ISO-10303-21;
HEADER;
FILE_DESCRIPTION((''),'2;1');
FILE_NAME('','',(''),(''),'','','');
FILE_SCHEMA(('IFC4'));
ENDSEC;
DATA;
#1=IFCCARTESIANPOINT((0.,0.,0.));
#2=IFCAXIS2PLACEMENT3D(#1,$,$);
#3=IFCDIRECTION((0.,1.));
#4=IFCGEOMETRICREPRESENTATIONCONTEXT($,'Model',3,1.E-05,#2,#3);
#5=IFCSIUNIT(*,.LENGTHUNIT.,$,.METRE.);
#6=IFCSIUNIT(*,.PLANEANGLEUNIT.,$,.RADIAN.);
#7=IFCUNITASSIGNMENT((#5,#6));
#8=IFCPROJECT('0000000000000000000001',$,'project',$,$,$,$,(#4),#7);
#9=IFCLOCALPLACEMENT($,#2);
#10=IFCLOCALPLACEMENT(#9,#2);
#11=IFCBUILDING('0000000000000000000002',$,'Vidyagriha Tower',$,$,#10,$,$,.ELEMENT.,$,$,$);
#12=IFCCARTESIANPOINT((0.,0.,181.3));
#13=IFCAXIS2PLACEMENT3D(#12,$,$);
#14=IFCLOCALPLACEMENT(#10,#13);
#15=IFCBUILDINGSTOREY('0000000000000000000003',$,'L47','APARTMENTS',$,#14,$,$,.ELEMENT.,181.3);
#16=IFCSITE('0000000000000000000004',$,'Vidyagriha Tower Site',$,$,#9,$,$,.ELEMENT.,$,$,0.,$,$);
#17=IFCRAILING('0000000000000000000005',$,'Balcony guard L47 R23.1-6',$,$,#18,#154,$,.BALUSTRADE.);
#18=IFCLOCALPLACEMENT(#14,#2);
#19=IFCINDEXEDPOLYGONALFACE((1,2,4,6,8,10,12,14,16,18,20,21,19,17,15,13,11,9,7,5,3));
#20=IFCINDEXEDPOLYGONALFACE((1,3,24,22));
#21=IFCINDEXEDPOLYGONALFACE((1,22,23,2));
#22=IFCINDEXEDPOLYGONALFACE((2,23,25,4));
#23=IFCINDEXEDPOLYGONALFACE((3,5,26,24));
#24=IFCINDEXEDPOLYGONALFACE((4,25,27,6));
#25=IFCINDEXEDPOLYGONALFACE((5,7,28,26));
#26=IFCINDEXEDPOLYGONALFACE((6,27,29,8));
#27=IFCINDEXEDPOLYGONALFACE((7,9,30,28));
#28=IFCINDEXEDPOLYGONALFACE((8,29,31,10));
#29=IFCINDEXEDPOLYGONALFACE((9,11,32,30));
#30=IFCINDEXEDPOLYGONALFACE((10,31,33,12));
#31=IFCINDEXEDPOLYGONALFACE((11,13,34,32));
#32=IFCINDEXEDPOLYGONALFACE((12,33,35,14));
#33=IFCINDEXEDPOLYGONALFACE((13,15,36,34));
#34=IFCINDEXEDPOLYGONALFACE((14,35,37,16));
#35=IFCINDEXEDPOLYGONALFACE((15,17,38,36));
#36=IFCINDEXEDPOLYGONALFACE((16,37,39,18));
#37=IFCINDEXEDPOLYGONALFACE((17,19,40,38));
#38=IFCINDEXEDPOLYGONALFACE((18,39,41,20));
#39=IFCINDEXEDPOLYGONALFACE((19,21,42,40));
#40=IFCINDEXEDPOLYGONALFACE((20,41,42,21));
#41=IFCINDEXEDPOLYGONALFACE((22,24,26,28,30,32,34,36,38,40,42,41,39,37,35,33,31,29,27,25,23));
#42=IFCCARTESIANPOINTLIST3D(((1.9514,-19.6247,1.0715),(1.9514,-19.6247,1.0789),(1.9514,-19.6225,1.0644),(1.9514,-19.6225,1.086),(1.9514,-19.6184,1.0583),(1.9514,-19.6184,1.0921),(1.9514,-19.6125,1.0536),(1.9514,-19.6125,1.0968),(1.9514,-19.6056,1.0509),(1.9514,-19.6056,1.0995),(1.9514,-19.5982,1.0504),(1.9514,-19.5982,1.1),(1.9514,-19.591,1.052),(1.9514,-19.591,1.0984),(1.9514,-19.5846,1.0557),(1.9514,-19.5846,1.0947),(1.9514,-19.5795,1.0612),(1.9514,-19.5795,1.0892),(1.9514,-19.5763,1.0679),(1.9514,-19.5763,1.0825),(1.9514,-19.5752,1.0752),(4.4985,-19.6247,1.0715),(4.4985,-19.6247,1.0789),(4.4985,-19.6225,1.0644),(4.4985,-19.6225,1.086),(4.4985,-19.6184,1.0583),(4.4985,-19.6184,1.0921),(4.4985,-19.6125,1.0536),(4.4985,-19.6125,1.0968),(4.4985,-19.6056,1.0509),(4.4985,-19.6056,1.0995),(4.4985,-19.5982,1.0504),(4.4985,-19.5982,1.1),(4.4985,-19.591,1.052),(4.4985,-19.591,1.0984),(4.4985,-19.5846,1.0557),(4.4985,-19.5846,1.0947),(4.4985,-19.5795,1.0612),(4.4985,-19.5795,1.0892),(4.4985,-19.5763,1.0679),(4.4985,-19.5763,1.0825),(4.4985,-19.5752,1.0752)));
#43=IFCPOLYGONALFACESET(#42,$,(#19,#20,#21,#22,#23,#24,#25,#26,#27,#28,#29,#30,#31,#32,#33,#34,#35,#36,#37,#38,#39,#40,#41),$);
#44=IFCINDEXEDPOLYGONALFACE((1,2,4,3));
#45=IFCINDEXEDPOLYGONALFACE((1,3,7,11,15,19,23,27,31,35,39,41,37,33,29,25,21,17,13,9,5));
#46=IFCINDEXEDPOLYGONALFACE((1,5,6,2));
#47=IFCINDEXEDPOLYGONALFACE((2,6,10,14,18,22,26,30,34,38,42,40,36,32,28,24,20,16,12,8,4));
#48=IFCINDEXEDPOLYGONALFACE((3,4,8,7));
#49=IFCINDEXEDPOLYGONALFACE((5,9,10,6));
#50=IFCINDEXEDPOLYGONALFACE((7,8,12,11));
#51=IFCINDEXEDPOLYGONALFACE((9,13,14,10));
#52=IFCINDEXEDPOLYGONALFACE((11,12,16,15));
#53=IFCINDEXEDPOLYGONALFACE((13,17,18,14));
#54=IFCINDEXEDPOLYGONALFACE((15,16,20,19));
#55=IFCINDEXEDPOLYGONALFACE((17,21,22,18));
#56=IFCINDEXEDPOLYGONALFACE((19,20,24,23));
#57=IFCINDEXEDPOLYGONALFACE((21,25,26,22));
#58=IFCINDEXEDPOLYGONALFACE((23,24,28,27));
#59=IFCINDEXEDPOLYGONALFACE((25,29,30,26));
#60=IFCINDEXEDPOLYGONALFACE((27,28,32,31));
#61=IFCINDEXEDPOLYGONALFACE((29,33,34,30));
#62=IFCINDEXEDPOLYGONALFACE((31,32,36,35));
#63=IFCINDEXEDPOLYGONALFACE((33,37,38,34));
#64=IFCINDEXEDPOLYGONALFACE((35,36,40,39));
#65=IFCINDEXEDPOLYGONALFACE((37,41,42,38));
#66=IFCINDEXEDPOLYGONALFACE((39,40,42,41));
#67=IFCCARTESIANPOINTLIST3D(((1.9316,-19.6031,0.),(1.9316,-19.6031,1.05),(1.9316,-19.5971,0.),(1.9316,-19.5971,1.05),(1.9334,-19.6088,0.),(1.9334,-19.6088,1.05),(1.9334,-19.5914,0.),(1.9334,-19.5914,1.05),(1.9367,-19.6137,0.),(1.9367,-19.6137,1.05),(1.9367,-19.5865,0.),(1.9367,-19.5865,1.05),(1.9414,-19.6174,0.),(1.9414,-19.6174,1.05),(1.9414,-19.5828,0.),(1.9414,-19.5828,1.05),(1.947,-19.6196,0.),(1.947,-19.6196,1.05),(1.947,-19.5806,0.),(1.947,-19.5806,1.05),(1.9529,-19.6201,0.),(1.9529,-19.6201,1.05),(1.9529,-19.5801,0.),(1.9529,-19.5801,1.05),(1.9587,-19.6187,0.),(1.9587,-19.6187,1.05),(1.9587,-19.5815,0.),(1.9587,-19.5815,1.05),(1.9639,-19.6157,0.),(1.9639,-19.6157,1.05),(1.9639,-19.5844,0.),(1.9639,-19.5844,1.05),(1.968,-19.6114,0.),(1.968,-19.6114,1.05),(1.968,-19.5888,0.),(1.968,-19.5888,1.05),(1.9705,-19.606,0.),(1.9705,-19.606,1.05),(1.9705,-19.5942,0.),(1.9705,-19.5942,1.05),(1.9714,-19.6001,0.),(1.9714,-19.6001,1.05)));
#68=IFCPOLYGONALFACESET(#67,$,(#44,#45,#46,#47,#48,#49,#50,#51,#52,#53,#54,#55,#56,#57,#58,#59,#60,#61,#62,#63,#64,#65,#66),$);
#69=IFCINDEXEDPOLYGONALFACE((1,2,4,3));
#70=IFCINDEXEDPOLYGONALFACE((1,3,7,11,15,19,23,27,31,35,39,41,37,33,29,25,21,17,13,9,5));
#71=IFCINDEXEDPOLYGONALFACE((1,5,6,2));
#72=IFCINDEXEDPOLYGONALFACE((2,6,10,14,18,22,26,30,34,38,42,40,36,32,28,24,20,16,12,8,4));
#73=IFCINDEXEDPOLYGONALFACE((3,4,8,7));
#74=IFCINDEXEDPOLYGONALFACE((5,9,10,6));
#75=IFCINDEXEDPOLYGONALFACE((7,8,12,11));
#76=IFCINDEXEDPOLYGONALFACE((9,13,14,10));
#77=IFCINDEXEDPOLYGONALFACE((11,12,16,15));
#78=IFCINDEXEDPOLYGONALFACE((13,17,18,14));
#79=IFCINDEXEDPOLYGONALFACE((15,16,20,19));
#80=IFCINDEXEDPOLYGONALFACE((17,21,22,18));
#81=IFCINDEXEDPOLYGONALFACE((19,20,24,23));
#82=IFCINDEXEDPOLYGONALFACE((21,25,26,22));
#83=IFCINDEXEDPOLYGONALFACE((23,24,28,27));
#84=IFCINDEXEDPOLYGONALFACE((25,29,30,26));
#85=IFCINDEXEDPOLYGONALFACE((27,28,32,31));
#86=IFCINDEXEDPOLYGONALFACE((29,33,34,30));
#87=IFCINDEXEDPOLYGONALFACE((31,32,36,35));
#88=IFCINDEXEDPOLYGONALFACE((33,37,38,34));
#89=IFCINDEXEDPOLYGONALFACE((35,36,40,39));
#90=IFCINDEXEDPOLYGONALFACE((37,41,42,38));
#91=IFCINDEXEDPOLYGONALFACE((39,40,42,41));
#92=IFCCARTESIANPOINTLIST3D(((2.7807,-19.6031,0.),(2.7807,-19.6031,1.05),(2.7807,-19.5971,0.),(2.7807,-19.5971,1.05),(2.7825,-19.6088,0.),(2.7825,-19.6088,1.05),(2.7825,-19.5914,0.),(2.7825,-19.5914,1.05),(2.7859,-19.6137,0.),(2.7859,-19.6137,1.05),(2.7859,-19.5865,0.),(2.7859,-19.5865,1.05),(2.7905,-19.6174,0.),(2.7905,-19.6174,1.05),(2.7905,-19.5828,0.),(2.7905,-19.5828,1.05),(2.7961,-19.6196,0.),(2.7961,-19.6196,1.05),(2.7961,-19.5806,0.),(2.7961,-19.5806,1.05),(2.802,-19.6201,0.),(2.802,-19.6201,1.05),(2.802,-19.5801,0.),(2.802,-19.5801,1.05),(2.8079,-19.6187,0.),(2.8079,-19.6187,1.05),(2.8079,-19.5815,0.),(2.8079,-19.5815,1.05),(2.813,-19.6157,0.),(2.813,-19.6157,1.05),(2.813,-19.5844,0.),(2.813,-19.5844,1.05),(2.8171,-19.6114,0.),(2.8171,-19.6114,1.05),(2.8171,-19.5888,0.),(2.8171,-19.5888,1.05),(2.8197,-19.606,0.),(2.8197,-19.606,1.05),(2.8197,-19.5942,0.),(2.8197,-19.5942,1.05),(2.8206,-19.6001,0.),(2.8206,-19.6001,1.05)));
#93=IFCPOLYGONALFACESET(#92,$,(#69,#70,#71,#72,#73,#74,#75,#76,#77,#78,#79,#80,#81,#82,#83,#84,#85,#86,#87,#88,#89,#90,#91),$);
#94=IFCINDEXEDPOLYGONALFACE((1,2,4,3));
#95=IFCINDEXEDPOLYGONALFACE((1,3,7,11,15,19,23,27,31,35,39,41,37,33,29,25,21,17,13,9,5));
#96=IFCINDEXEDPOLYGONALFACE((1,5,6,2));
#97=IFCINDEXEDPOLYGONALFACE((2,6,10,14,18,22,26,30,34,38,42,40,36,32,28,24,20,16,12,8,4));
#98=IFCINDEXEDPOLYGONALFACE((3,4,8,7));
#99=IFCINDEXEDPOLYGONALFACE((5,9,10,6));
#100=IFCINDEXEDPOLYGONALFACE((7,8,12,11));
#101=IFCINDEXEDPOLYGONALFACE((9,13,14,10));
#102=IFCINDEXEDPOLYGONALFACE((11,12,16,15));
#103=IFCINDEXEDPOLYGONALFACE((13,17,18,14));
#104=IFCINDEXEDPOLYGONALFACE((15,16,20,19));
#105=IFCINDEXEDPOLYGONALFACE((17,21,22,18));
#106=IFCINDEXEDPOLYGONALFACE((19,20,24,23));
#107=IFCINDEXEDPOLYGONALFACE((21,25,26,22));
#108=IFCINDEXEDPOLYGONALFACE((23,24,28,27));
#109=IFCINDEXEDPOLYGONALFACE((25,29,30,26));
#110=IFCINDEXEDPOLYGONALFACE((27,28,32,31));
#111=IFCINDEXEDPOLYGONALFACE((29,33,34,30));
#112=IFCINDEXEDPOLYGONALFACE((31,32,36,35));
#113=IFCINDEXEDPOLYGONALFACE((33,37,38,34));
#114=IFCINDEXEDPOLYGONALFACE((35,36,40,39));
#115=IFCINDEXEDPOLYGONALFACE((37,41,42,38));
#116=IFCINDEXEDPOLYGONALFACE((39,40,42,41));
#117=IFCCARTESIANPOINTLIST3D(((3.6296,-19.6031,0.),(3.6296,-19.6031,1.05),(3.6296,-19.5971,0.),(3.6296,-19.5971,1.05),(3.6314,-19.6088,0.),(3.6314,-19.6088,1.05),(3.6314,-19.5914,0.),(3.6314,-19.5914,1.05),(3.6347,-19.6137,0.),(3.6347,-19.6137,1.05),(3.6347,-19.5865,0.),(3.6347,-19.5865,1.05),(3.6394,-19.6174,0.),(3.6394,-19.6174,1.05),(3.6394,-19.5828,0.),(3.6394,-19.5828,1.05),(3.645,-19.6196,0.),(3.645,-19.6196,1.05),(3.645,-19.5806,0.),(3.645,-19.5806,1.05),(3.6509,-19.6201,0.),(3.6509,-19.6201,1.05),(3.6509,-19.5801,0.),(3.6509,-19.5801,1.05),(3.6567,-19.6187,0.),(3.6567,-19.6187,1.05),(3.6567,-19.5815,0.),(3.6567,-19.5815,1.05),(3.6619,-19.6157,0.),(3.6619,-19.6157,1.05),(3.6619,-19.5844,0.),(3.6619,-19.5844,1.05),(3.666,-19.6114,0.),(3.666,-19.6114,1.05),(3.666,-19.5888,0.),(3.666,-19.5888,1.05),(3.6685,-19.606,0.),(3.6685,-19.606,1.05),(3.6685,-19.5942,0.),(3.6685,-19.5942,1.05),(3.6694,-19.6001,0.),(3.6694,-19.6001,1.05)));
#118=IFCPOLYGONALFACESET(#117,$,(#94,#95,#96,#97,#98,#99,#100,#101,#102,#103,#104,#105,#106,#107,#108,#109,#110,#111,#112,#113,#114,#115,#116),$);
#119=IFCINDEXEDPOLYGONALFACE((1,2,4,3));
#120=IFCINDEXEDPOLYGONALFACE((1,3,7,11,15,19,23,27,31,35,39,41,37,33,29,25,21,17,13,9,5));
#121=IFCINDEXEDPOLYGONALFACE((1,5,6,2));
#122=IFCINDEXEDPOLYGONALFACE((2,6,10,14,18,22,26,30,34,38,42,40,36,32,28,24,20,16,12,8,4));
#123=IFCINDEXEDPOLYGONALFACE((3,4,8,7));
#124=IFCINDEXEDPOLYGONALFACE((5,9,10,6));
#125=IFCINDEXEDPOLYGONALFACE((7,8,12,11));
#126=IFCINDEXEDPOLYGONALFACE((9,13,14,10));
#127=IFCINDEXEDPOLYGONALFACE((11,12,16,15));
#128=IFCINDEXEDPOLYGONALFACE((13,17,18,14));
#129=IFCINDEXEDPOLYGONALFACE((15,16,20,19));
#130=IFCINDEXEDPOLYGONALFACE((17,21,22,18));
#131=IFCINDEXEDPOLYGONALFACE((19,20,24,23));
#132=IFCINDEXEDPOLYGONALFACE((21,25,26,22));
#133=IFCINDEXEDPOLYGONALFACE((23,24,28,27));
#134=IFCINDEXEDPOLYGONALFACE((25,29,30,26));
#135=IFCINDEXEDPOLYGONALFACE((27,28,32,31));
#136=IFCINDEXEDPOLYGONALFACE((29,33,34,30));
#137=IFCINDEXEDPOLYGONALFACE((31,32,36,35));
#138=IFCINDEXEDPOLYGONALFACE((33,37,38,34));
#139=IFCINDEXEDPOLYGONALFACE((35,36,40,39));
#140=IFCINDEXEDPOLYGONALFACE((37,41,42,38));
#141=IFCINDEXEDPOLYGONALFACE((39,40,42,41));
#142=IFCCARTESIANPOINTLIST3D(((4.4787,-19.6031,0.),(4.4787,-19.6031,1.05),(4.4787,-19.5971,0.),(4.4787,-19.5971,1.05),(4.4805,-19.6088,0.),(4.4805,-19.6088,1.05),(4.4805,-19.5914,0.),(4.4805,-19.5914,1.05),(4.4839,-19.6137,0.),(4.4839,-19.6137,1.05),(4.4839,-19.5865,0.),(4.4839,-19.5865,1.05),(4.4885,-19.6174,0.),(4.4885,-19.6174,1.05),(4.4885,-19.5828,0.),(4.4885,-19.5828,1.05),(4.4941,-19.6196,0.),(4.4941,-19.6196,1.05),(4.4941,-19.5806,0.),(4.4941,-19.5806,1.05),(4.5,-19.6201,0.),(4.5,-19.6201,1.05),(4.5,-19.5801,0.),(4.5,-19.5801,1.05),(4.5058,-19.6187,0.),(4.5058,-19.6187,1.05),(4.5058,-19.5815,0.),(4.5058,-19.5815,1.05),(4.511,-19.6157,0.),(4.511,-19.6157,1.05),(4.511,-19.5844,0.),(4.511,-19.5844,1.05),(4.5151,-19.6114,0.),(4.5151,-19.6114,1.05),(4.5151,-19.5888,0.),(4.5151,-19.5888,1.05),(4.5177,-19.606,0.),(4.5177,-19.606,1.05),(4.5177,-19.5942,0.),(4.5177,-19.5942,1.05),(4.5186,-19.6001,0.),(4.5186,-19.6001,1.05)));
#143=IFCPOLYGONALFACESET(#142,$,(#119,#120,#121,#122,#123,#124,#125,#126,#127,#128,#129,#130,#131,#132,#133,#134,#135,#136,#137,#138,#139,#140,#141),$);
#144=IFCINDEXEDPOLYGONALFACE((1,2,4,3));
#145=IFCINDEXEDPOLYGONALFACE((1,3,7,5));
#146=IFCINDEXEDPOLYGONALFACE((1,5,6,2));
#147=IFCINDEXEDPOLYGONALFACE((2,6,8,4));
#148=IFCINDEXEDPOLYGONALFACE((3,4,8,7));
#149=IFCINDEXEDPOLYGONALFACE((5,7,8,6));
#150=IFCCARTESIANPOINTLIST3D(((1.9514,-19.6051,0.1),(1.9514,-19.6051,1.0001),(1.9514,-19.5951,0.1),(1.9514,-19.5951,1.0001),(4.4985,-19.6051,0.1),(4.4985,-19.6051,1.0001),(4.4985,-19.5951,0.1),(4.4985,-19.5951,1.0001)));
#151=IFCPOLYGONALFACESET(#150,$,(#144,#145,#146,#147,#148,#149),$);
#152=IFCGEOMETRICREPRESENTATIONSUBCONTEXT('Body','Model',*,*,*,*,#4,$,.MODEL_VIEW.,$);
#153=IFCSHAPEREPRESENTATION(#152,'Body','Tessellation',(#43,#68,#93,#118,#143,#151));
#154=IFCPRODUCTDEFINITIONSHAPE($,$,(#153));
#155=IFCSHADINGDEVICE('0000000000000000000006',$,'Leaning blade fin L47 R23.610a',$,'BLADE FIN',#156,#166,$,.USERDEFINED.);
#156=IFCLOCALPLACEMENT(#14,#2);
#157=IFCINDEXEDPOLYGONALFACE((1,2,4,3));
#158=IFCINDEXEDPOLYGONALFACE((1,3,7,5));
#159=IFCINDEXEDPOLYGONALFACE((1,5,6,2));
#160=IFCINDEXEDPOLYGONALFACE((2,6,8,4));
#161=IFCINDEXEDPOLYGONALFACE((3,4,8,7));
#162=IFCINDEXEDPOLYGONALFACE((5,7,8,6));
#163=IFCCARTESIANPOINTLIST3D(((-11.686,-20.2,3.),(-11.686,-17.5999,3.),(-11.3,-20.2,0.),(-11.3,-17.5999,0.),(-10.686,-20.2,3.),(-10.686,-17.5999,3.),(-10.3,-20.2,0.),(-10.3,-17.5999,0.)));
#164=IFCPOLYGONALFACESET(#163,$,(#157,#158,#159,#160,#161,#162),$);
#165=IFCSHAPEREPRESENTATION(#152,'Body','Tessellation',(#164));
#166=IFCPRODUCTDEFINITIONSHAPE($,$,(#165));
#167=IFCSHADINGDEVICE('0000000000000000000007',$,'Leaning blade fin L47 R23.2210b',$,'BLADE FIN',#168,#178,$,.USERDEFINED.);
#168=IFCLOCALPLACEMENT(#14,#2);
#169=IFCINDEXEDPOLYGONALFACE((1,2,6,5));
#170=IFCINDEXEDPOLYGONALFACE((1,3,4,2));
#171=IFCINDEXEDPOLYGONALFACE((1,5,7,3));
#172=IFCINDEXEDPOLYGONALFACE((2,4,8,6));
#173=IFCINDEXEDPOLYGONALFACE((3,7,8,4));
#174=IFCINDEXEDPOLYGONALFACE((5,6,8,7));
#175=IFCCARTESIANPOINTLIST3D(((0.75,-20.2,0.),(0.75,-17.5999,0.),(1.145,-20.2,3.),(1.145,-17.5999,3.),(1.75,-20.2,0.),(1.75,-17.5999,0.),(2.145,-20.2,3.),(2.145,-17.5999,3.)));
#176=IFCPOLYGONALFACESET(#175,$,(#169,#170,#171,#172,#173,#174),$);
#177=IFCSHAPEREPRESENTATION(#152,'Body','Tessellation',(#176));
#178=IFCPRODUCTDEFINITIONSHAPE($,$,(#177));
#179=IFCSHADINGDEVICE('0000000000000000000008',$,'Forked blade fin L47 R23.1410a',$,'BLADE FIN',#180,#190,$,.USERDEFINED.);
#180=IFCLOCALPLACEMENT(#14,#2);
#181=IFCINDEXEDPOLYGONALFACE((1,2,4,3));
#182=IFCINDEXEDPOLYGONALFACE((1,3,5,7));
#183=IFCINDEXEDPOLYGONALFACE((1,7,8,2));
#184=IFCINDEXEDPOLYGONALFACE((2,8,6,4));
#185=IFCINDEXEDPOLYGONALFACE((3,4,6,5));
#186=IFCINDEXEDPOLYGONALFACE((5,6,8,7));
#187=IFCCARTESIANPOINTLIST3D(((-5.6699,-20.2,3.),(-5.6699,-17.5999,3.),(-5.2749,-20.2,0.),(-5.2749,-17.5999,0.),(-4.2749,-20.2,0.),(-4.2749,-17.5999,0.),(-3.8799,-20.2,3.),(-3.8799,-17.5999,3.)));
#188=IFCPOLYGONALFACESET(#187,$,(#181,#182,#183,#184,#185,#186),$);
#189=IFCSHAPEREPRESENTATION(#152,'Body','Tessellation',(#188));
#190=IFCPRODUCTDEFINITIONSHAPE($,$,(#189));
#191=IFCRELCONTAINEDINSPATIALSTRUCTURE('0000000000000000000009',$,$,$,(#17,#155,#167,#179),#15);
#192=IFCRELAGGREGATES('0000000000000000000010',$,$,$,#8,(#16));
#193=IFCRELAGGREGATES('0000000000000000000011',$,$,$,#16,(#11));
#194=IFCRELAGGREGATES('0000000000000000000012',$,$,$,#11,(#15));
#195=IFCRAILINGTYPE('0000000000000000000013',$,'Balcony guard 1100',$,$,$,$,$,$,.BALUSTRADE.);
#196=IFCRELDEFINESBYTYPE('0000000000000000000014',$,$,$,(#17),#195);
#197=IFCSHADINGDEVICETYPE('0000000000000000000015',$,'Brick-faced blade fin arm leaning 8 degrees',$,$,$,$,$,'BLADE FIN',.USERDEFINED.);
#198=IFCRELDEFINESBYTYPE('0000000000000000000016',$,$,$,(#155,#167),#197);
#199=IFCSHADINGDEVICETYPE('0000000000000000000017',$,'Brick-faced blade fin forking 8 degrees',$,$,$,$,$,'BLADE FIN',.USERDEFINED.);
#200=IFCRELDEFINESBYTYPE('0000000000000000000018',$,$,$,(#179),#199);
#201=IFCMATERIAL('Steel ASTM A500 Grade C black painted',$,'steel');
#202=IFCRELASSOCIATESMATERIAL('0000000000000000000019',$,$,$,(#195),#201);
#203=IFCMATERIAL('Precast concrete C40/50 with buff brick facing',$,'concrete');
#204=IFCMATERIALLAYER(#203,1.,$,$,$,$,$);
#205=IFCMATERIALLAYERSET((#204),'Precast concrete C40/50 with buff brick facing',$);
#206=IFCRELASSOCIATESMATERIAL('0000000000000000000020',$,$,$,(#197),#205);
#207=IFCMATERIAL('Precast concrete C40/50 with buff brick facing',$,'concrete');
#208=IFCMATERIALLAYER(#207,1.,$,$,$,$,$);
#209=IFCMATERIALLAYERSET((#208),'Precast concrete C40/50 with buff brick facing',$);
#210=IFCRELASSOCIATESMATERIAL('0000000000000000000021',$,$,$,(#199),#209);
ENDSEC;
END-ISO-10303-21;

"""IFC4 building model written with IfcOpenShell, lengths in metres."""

from ifc_helpers import new_model, si_unit, direction, frame, origin, origin_2d, place, context, subcontext, project, spatial, polyline, rectangle, circle, outline, extrude, material, layer, layer_set, type_object, element, save


model = new_model("IFC4")

# Units and contexts
model_context = context("Model", 3, precision=1e-05, world=origin(), true_north=direction((0.0, 1.0)))
body_context = subcontext(model_context, "Body", "Model", "MODEL_VIEW")
ifc_project = project(units=[si_unit("LENGTHUNIT", "METRE"), si_unit("PLANEANGLEUNIT", "RADIAN")], contexts=[model_context])

# Site, building, storey
site_placement = place(None, origin())
site = spatial("IfcSite", under=ifc_project, at=site_placement, Name="Vidyagriha Tower Site", CompositionType="ELEMENT", RefElevation=0.0)
building_placement = place(site_placement, origin())
building = spatial("IfcBuilding", under=site, at=building_placement, Name="Vidyagriha Tower", CompositionType="ELEMENT")
storey_placement = place(building_placement, frame((0.0, 0.0, 181.3)))
storey = spatial("IfcBuildingStorey", under=building, at=storey_placement, Name="L47", Description="APARTMENTS", CompositionType="ELEMENT", Elevation=181.3)

# Railing
ifc_material_1 = material(Name="Steel ASTM A500 Grade C black painted", Category="steel")
railing_type = type_object("IfcRailingType", Name="Balcony guard 1100", PredefinedType="BALUSTRADE", material=ifc_material_1)
railing_1_placement = place(storey_placement, frame((1.9514, -19.6001, 0.0)))
element("IfcRailing", 1, at=railing_1_placement, inside=storey, type_object=railing_type, Name="Balcony guard L47 R23.1-6", PredefinedType="BALUSTRADE", context=body_context, shape_type="SweptSolid", body=[
    extrude(circle(Radius=0.0249, at=origin_2d()), frame((0.0, 0.0, 1.0752), z_axis=(1.0, 0.0, 0.0), x_axis=(0.0, 1.0, 0.0)), (0.0, 0.0, 1.0), 2.5471),
    extrude(circle(Radius=0.02, at=origin_2d()), origin(), (0.0, 0.0, 1.0), 1.05),
    extrude(circle(Radius=0.02, at=origin_2d()), frame((0.8491, 0.0, 0.0)), (0.0, 0.0, 1.0), 1.05),
    extrude(circle(Radius=0.02, at=origin_2d()), frame((1.698, 0.0, 0.0)), (0.0, 0.0, 1.0), 1.05),
    extrude(circle(Radius=0.02, at=origin_2d()), frame((2.5471, 0.0, 0.0)), (0.0, 0.0, 1.0), 1.05),
    extrude(rectangle(XDim=0.01, YDim=0.9001, at=origin_2d()), frame((0.0, 0.0, 0.55), z_axis=(1.0, 0.0, 0.0), x_axis=(0.0, 1.0, 0.0)), (0.0, 0.0, 1.0), 2.5471),
])

# Shading devices
ifc_material_2 = material(Name="Precast concrete C40/50 with buff brick facing", Category="concrete")
ifc_layer_1 = layer(ifc_material_2, 1.0)
ifc_layer_set_1 = layer_set([ifc_layer_1], Name="Precast concrete C40/50 with buff brick facing")
shading_device_type_1 = type_object("IfcShadingDeviceType", Name="Brick-faced blade fin arm leaning 8 degrees", ElementType="BLADE FIN", PredefinedType="USERDEFINED", material=ifc_layer_set_1)
shading_device_1_placement = place(storey_placement, frame((-11.686, -18.8999, 0.0)))
element("IfcShadingDevice", 2, at=shading_device_1_placement, inside=storey, type_object=shading_device_type_1, Name="Leaning blade fin L47 R23.610a", ObjectType="BLADE FIN", PredefinedType="USERDEFINED", context=body_context, shape_type="SweptSolid", body=[
    extrude(outline(polyline([(0.386, 0.0), (1.386, 0.0), (1.0, 3.0), (0.0, 3.0), (0.386, 0.0)])), frame((0.0, 1.3, 0.0), z_axis=(0.0, -1.0, 0.0), x_axis=(1.0, 0.0, 0.0)), (0.0, 0.0, 1.0), 2.6001),
])
shading_device_2_placement = place(storey_placement, frame((0.75, -18.8999, 0.0)))
element("IfcShadingDevice", 3, at=shading_device_2_placement, inside=storey, type_object=shading_device_type_1, Name="Leaning blade fin L47 R23.2210b", ObjectType="BLADE FIN", PredefinedType="USERDEFINED", context=body_context, shape_type="SweptSolid", body=[
    extrude(outline(polyline([(0.0, 0.0), (1.0, 0.0), (1.395, 3.0), (0.395, 3.0), (0.0, 0.0)])), frame((0.0, 1.3, 0.0), z_axis=(0.0, -1.0, 0.0), x_axis=(1.0, 0.0, 0.0)), (0.0, 0.0, 1.0), 2.6001),
])
ifc_material_3 = material(Name="Precast concrete C40/50 with buff brick facing", Category="concrete")
ifc_layer_2 = layer(ifc_material_3, 1.0)
ifc_layer_set_2 = layer_set([ifc_layer_2], Name="Precast concrete C40/50 with buff brick facing")
shading_device_type_2 = type_object("IfcShadingDeviceType", Name="Brick-faced blade fin forking 8 degrees", ElementType="BLADE FIN", PredefinedType="USERDEFINED", material=ifc_layer_set_2)
shading_device_3_placement = place(storey_placement, frame((-5.6699, -18.8999, 0.0)))
element("IfcShadingDevice", 4, at=shading_device_3_placement, inside=storey, type_object=shading_device_type_2, Name="Forked blade fin L47 R23.1410a", ObjectType="BLADE FIN", PredefinedType="USERDEFINED", context=body_context, shape_type="SweptSolid", body=[
    extrude(outline(polyline([(0.395, 0.0), (1.395, 0.0), (1.79, 3.0), (0.0, 3.0), (0.395, 0.0)])), frame((0.0, 1.3, 0.0), z_axis=(0.0, -1.0, 0.0), x_axis=(1.0, 0.0, 0.0)), (0.0, 0.0, 1.0), 2.6001),
])

save(model, "model.ifc")
